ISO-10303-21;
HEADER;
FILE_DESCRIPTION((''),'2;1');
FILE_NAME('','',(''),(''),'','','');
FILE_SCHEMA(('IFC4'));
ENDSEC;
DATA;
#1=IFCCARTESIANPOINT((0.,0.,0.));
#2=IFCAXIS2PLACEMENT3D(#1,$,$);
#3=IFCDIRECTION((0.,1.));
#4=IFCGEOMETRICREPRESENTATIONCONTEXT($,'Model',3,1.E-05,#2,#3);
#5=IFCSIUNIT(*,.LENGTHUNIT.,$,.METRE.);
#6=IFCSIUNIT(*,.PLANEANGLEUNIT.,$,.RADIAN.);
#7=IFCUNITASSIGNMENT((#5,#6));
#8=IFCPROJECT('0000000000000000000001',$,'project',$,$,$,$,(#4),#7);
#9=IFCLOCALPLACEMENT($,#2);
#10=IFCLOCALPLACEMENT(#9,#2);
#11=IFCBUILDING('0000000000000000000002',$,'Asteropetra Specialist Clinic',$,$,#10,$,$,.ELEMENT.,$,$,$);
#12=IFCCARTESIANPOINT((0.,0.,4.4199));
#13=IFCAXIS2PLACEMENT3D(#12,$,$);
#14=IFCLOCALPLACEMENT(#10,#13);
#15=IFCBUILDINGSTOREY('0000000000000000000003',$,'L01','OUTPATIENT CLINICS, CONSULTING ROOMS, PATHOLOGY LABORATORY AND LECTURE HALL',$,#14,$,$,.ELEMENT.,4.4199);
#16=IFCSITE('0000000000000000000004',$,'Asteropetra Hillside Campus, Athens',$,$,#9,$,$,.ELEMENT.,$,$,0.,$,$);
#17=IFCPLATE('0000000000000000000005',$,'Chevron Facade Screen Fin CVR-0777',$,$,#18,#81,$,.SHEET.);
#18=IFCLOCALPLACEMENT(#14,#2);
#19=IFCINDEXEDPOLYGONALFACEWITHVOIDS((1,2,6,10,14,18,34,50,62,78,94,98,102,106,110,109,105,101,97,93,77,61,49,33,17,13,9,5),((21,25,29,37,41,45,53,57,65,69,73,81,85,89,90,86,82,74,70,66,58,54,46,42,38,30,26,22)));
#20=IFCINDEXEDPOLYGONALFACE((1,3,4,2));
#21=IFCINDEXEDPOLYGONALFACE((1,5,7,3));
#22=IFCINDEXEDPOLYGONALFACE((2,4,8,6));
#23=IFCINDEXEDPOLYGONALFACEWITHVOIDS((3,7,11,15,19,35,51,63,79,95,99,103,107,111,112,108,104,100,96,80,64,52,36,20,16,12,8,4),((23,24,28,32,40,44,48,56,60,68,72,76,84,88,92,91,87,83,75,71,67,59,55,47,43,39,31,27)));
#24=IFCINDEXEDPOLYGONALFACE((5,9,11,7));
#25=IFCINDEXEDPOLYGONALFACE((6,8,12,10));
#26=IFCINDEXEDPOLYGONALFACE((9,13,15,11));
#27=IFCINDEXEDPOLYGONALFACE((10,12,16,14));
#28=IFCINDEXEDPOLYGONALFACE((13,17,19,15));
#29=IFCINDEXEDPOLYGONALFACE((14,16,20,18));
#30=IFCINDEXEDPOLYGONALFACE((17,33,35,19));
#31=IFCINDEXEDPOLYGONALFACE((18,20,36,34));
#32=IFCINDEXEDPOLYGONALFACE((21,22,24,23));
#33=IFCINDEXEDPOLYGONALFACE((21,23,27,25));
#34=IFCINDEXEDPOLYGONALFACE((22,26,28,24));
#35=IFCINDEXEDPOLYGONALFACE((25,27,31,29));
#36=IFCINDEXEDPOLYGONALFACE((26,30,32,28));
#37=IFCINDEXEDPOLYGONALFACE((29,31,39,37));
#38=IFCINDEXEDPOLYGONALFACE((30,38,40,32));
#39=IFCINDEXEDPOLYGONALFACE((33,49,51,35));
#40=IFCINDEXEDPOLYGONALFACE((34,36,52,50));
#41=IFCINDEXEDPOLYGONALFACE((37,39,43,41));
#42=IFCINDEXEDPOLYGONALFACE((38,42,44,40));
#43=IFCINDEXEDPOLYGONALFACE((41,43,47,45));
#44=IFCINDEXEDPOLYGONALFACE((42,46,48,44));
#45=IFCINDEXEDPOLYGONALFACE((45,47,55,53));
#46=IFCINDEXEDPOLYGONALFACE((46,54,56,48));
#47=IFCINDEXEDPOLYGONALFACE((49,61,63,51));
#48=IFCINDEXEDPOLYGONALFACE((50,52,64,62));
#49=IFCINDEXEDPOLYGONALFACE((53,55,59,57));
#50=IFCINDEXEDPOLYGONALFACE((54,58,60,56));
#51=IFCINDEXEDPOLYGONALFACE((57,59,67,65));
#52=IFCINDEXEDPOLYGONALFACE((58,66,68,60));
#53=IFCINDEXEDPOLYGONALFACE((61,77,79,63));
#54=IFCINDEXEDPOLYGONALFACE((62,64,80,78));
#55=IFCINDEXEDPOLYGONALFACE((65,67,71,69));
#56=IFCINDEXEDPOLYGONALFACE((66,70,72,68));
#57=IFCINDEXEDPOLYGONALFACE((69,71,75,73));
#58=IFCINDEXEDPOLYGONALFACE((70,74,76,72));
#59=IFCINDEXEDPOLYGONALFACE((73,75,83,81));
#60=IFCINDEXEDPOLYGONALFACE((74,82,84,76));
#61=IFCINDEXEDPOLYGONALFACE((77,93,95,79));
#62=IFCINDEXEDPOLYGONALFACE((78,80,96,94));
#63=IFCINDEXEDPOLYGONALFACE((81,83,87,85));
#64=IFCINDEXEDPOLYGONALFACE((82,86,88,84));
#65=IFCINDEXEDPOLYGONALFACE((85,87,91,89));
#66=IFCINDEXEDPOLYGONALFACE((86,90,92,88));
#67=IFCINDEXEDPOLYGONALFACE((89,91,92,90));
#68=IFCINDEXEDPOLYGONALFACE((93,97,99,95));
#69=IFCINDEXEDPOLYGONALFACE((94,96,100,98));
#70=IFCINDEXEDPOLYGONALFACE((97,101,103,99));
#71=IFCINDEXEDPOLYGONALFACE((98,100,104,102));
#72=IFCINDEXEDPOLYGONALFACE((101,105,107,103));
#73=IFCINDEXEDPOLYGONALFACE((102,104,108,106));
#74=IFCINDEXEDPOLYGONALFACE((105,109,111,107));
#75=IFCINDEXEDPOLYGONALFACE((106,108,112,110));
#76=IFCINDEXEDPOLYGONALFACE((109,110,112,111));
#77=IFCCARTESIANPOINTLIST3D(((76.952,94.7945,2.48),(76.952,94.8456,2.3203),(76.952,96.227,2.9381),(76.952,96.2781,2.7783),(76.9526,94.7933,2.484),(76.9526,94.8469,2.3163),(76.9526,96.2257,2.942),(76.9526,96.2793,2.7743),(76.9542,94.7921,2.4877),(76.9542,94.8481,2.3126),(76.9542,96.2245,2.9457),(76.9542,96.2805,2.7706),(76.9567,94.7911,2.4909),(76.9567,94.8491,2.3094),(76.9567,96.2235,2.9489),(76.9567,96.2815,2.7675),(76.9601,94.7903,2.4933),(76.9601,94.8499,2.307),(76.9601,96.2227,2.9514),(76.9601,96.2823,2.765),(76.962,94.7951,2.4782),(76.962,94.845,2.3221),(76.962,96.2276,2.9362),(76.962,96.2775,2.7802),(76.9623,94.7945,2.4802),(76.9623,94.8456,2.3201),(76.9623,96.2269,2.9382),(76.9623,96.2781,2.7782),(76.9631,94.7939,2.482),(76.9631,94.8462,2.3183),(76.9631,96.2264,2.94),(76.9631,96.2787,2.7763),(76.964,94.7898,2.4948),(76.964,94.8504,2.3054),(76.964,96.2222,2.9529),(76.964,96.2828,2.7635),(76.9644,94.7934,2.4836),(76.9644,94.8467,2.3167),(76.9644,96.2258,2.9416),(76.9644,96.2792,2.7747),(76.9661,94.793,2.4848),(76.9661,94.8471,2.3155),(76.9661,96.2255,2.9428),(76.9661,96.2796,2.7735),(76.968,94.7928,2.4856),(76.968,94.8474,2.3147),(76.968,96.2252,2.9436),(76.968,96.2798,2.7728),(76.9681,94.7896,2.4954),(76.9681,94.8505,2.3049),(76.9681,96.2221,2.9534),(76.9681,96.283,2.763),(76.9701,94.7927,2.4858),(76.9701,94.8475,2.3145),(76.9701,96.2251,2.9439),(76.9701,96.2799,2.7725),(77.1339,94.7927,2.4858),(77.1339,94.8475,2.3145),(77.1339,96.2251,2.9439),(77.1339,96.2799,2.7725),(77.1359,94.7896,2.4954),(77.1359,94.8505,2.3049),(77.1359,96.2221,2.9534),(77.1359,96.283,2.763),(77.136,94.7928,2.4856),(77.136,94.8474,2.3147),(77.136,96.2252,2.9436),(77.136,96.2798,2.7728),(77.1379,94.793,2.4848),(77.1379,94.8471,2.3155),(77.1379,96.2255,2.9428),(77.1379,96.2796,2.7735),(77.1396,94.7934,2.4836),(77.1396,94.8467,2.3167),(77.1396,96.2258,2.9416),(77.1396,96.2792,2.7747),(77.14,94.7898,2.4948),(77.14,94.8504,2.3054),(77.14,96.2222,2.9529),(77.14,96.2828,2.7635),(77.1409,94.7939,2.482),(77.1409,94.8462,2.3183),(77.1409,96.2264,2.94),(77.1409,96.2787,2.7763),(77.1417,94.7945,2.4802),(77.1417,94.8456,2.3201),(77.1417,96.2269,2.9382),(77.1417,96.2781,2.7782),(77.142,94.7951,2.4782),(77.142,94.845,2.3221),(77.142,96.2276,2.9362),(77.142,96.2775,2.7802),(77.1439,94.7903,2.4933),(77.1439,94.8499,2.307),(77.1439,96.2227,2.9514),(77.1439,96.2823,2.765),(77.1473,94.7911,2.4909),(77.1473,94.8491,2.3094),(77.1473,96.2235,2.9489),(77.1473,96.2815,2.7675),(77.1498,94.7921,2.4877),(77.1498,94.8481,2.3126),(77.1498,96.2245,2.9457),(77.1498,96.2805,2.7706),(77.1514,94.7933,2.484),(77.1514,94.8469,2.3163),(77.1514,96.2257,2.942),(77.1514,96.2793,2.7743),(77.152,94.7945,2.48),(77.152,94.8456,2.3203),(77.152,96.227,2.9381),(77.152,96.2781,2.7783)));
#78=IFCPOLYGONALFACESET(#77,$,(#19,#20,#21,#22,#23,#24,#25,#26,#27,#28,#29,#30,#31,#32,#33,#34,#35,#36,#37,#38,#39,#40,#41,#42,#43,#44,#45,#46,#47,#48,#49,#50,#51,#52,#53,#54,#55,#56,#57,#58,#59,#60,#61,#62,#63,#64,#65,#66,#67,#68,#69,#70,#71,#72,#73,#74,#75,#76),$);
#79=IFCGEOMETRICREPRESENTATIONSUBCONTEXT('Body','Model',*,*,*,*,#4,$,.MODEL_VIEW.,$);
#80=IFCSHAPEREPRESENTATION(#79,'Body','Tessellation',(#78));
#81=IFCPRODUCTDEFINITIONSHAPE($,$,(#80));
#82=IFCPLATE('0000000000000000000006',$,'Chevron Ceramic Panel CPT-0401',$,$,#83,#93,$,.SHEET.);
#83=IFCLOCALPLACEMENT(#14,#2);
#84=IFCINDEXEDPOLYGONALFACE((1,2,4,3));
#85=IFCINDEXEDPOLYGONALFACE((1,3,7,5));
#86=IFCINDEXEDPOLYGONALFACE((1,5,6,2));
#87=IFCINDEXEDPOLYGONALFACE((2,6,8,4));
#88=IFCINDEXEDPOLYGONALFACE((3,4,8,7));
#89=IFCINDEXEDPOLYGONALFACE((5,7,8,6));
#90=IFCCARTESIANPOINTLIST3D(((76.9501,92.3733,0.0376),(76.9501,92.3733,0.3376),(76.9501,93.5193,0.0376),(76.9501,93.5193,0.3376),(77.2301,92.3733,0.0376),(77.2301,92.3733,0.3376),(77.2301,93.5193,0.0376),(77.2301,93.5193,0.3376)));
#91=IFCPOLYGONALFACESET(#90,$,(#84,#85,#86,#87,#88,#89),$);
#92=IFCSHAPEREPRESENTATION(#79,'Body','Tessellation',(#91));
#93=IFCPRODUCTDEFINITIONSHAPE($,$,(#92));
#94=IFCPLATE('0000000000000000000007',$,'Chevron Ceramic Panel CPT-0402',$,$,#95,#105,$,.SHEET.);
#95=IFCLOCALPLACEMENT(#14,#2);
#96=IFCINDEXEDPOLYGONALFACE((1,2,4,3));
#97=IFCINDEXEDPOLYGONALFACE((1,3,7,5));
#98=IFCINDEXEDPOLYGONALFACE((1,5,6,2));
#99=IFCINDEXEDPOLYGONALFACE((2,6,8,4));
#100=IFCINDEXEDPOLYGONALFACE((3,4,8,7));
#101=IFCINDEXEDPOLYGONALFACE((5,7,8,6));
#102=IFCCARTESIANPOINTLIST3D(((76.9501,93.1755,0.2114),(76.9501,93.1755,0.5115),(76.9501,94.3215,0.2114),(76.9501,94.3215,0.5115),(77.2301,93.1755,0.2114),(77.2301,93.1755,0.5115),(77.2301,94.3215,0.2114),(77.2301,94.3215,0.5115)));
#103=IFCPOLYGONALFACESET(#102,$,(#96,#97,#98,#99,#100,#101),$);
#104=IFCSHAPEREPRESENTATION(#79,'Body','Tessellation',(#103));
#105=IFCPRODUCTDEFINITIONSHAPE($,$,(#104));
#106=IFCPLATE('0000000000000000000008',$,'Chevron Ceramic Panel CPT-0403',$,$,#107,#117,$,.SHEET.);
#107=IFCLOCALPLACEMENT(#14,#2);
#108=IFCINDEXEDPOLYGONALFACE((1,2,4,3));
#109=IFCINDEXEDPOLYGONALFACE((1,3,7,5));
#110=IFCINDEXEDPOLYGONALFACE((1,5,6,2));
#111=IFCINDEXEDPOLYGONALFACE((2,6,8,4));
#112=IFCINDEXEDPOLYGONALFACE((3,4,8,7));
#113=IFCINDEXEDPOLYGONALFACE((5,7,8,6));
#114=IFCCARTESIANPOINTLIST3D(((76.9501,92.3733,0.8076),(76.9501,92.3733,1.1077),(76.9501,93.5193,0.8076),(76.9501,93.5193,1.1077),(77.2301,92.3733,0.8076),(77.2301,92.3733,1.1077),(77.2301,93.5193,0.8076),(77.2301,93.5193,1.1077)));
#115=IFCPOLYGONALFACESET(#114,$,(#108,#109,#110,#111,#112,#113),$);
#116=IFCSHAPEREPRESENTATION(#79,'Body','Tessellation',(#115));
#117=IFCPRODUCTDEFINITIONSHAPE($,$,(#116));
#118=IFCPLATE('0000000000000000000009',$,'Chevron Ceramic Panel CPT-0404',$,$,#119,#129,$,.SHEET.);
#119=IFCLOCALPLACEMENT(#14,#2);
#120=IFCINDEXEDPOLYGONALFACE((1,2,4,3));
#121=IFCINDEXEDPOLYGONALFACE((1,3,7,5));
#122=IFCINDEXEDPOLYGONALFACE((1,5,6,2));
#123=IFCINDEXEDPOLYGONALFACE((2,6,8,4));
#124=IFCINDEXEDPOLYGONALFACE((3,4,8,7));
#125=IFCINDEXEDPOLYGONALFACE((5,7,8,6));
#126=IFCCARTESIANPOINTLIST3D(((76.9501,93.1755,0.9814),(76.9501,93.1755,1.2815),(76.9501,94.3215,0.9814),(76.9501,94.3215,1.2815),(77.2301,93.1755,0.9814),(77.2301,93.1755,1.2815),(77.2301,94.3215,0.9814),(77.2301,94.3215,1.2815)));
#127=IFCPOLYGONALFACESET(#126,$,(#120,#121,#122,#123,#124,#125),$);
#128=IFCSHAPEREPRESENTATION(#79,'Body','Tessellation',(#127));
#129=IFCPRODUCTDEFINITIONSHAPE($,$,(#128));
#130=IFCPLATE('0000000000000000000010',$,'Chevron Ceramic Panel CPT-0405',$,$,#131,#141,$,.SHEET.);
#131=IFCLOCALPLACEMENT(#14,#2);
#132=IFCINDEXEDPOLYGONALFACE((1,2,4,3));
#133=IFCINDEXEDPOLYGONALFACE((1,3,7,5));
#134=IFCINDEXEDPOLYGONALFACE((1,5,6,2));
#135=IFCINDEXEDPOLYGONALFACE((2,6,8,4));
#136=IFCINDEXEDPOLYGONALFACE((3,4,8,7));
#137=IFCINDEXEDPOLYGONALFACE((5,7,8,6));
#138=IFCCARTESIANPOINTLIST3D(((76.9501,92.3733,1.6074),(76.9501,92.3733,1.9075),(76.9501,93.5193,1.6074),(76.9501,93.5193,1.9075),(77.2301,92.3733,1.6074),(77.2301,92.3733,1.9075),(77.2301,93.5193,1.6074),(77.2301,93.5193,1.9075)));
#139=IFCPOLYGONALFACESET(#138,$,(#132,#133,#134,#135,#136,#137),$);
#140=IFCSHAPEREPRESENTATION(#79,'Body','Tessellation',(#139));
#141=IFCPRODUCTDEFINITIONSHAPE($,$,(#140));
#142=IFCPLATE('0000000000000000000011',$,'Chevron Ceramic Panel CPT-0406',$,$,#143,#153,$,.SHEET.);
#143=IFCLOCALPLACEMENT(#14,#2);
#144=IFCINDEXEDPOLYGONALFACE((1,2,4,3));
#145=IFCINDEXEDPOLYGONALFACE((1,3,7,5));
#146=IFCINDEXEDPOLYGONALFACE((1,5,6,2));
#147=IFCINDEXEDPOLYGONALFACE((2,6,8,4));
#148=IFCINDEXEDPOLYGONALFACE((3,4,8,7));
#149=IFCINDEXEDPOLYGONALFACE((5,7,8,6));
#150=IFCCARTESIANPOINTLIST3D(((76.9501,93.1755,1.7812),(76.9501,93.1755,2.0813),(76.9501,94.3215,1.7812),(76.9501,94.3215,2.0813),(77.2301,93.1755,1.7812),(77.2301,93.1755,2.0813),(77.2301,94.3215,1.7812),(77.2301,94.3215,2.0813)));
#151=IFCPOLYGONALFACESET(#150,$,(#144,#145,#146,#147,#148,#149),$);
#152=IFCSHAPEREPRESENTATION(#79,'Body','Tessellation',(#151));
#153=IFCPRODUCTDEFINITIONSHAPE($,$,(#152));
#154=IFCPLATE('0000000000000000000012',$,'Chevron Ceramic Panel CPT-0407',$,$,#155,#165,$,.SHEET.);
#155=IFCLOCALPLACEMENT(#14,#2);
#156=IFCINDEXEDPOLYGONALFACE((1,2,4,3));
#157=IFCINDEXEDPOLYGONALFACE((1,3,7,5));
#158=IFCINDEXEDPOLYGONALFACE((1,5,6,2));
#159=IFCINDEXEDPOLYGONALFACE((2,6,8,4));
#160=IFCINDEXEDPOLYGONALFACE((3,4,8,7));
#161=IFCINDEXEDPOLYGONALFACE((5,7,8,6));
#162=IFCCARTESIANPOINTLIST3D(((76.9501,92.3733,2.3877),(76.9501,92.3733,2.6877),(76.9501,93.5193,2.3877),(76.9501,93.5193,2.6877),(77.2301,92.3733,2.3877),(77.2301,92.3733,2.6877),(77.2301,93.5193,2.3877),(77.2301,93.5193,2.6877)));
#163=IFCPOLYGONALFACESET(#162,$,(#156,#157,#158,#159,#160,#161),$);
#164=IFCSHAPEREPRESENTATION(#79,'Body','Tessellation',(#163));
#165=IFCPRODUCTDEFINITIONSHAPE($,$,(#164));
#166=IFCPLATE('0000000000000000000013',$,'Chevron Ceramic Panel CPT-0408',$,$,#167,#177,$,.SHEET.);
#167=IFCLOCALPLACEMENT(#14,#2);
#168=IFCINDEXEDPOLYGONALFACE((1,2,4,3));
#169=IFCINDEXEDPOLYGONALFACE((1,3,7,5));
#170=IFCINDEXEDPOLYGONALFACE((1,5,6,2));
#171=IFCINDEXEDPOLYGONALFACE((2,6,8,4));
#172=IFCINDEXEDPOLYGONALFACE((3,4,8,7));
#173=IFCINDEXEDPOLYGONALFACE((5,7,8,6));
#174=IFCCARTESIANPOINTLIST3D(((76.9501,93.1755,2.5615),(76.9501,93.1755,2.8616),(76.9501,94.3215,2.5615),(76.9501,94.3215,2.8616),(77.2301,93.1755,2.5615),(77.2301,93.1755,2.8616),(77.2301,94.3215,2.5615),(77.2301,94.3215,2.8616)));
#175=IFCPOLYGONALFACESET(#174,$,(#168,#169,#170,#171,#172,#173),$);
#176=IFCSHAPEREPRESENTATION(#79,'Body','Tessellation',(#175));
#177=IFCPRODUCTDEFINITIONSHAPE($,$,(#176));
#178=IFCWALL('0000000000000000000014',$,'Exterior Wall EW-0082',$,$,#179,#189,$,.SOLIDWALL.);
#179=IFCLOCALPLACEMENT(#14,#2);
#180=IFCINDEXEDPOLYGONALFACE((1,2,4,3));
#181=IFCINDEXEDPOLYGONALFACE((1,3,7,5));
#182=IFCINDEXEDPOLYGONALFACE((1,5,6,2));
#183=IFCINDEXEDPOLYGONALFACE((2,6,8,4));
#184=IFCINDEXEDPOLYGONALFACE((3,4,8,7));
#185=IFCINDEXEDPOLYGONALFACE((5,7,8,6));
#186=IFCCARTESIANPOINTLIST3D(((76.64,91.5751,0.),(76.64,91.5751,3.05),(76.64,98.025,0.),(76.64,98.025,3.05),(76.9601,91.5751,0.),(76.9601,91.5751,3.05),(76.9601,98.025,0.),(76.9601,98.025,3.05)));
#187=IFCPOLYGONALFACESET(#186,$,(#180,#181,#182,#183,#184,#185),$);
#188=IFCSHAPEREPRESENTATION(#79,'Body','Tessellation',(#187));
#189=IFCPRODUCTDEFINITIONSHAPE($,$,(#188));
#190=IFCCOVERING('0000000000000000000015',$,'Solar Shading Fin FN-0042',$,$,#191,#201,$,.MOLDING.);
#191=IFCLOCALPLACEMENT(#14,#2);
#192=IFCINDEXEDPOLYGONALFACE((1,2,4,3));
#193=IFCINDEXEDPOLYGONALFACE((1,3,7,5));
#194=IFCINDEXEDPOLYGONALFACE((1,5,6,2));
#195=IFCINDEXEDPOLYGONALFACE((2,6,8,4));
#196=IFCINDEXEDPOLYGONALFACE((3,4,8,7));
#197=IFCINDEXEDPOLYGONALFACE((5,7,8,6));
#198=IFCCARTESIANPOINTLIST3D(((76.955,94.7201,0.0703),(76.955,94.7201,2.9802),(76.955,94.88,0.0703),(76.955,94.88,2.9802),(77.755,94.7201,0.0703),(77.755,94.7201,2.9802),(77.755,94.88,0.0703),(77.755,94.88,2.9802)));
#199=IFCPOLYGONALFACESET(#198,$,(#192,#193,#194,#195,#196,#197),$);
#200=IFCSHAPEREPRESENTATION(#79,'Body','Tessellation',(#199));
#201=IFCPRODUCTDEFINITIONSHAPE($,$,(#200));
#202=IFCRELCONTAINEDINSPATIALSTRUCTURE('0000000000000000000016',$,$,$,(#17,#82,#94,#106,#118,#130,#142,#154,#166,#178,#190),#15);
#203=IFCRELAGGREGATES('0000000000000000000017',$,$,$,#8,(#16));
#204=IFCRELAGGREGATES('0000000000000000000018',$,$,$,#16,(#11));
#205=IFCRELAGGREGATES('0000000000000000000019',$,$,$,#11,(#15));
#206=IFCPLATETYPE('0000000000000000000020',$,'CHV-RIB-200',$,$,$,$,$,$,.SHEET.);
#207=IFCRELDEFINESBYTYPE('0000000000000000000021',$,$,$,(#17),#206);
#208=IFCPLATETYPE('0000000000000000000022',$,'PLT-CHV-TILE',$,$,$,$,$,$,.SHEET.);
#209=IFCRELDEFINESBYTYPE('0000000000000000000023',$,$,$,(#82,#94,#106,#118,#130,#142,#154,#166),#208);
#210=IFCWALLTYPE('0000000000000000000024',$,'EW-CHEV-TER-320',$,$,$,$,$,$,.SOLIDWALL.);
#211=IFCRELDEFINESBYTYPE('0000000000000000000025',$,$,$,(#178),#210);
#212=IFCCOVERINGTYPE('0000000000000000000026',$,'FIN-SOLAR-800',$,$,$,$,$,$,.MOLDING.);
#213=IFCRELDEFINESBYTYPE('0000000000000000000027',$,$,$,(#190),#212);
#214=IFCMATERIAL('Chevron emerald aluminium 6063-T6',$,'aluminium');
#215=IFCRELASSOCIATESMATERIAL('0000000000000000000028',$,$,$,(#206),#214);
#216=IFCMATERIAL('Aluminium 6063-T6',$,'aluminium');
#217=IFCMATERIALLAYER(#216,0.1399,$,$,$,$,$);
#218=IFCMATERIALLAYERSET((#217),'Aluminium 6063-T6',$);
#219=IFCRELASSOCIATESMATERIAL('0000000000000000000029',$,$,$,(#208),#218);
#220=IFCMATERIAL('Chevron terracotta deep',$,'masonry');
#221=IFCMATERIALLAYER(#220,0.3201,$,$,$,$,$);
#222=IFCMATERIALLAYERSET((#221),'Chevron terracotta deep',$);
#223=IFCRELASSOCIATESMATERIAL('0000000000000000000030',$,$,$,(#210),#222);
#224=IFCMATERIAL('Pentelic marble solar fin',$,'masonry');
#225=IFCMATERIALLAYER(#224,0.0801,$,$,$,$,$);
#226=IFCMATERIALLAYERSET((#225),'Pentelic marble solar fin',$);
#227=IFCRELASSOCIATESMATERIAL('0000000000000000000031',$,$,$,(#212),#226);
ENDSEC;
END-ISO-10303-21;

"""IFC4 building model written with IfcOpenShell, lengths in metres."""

from ifc_helpers import new_model, si_unit, direction, frame, frame_2d, origin, origin_2d, place, context, subcontext, project, spatial, rectangle, hollow_rectangle, extrude, material, layer, layer_set, material_profile, profile_set, type_object, element, save


model = new_model("IFC4")

# Units and contexts
model_context = context("Model", 3, precision=1e-05, world=origin(), true_north=direction((0.0, 1.0)))
body_context = subcontext(model_context, "Body", "Model", "MODEL_VIEW")
ifc_project = project(units=[si_unit("LENGTHUNIT", "METRE"), si_unit("PLANEANGLEUNIT", "RADIAN")], contexts=[model_context])

# Site, building, storey
site_placement = place(None, origin())
site = spatial("IfcSite", under=ifc_project, at=site_placement, Name="Asteropetra Hillside Campus, Athens", CompositionType="ELEMENT", RefElevation=0.0)
building_placement = place(site_placement, origin())
building = spatial("IfcBuilding", under=site, at=building_placement, Name="Asteropetra Specialist Clinic", CompositionType="ELEMENT")
storey_placement = place(building_placement, frame((0.0, 0.0, 4.4199)))
storey = spatial("IfcBuildingStorey", under=building, at=storey_placement, Name="L01", Description="OUTPATIENT CLINICS, CONSULTING ROOMS, PATHOLOGY LABORATORY AND LECTURE HALL", CompositionType="ELEMENT", Elevation=4.4199)

# Plates
ifc_material_1 = material(Name="Chevron emerald aluminium 6063-T6", Category="aluminium")
ifc_material_profile = material_profile(ifc_material_1, hollow_rectangle(XDim=0.2, YDim=0.2, WallThickness=0.01, InnerFilletRadius=0.0081, OuterFilletRadius=0.0161, at=origin_2d()), Name="SHS 200x200x10.0")
ifc_profile_set = profile_set([ifc_material_profile], Name="Chevron emerald aluminium 6063-T6")
plate_type_1 = type_object("IfcPlateType", Name="CHV-RIB-200", PredefinedType="SHEET", material=ifc_profile_set)
for number, where, z_axis, x_axis, name in (
    (1, (77.052, 94.8201, 2.4001), (0.0, 0.952492, 0.304564), (-1.0, 0.0, 0.0), "Chevron Facade Screen Fin CVR-0777"),
):
    element("IfcPlate", number, at=place(storey_placement, frame(where, z_axis=z_axis, x_axis=x_axis)), inside=storey, type_object=plate_type_1, Name=name, PredefinedType="SHEET", context=body_context, shape_type="SweptSolid", body=[
        extrude(hollow_rectangle(XDim=0.2, YDim=0.2, WallThickness=0.01, InnerFilletRadius=0.0081, OuterFilletRadius=0.0161, at=origin_2d()), origin(), (0.0, 0.0, 1.0), 1.5039),
    ])
ifc_material_2 = material(Name="Aluminium 6063-T6", Category="aluminium")
ifc_layer_1 = layer(ifc_material_2, 0.1399)
ifc_layer_set_1 = layer_set([ifc_layer_1], Name="Aluminium 6063-T6")
plate_type_2 = type_object("IfcPlateType", Name="PLT-CHV-TILE", PredefinedType="SHEET", material=ifc_layer_set_1)
for number, where, z_axis, x_axis, name in (
    (2, (77.0901, 92.9463, 0.0376), (0.0, 0.0, 1.0), (1.0, 0.0, 0.0), "Chevron Ceramic Panel CPT-0401"),
    (3, (77.0901, 93.7485, 0.2114), (0.0, 0.0, 1.0), (1.0, 0.0, 0.0), "Chevron Ceramic Panel CPT-0402"),
    (4, (77.0901, 92.9463, 0.8076), (0.0, 0.0, 1.0), (1.0, 0.0, 0.0), "Chevron Ceramic Panel CPT-0403"),
    (5, (77.0901, 93.7485, 0.9814), (0.0, 0.0, 1.0), (1.0, 0.0, 0.0), "Chevron Ceramic Panel CPT-0404"),
    (6, (77.0901, 92.9463, 1.6074), (0.0, 0.0, 1.0), (1.0, 0.0, 0.0), "Chevron Ceramic Panel CPT-0405"),
    (7, (77.0901, 93.7485, 1.7812), (0.0, 0.0, 1.0), (1.0, 0.0, 0.0), "Chevron Ceramic Panel CPT-0406"),
    (8, (77.0901, 92.9463, 2.3877), (0.0, 0.0, 1.0), (1.0, 0.0, 0.0), "Chevron Ceramic Panel CPT-0407"),
    (9, (77.0901, 93.7485, 2.5615), (0.0, 0.0, 1.0), (1.0, 0.0, 0.0), "Chevron Ceramic Panel CPT-0408"),
):
    element("IfcPlate", number, at=place(storey_placement, frame(where, z_axis=z_axis, x_axis=x_axis)), inside=storey, type_object=plate_type_2, Name=name, PredefinedType="SHEET", context=body_context, shape_type="SweptSolid", body=[
        extrude(rectangle(XDim=0.28, YDim=1.146, at=origin_2d()), origin(), (0.0, 0.0, 1.0), 0.3),
    ])

# Wall
ifc_material_3 = material(Name="Chevron terracotta deep", Category="masonry")
ifc_layer_2 = layer(ifc_material_3, 0.3201)
ifc_layer_set_2 = layer_set([ifc_layer_2], Name="Chevron terracotta deep")
wall_type = type_object("IfcWallType", Name="EW-CHEV-TER-320", PredefinedType="SOLIDWALL", material=ifc_layer_set_2)
wall_placement = place(storey_placement, frame((76.8, 91.575, 0.0), z_axis=(0.0, 0.0, 1.0), x_axis=(0.0, 1.0, 0.0)))
element("IfcWall", 10, at=wall_placement, inside=storey, type_object=wall_type, Name="Exterior Wall EW-0082", PredefinedType="SOLIDWALL", context=body_context, shape_type="SweptSolid", body=[
    extrude(rectangle(XDim=6.45, YDim=0.3201, at=frame_2d((3.2251, 0.0))), origin(), (0.0, 0.0, 1.0), 3.05),
])

# Covering
ifc_material_4 = material(Name="Pentelic marble solar fin", Category="masonry")
ifc_layer_3 = layer(ifc_material_4, 0.0801)
ifc_layer_set_3 = layer_set([ifc_layer_3], Name="Pentelic marble solar fin")
covering_type = type_object("IfcCoveringType", Name="FIN-SOLAR-800", PredefinedType="MOLDING", material=ifc_layer_set_3)
covering_placement = place(storey_placement, frame((77.355, 94.8, 0.0703), z_axis=(0.0, 0.0, 1.0), x_axis=(1.0, 0.0, 0.0)))
element("IfcCovering", 11, at=covering_placement, inside=storey, type_object=covering_type, Name="Solar Shading Fin FN-0042", PredefinedType="MOLDING", context=body_context, shape_type="SweptSolid", body=[
    extrude(rectangle(XDim=0.8, YDim=0.1599, at=origin_2d()), origin(), (0.0, 0.0, 1.0), 2.9099),
])

save(model, "model.ifc")
